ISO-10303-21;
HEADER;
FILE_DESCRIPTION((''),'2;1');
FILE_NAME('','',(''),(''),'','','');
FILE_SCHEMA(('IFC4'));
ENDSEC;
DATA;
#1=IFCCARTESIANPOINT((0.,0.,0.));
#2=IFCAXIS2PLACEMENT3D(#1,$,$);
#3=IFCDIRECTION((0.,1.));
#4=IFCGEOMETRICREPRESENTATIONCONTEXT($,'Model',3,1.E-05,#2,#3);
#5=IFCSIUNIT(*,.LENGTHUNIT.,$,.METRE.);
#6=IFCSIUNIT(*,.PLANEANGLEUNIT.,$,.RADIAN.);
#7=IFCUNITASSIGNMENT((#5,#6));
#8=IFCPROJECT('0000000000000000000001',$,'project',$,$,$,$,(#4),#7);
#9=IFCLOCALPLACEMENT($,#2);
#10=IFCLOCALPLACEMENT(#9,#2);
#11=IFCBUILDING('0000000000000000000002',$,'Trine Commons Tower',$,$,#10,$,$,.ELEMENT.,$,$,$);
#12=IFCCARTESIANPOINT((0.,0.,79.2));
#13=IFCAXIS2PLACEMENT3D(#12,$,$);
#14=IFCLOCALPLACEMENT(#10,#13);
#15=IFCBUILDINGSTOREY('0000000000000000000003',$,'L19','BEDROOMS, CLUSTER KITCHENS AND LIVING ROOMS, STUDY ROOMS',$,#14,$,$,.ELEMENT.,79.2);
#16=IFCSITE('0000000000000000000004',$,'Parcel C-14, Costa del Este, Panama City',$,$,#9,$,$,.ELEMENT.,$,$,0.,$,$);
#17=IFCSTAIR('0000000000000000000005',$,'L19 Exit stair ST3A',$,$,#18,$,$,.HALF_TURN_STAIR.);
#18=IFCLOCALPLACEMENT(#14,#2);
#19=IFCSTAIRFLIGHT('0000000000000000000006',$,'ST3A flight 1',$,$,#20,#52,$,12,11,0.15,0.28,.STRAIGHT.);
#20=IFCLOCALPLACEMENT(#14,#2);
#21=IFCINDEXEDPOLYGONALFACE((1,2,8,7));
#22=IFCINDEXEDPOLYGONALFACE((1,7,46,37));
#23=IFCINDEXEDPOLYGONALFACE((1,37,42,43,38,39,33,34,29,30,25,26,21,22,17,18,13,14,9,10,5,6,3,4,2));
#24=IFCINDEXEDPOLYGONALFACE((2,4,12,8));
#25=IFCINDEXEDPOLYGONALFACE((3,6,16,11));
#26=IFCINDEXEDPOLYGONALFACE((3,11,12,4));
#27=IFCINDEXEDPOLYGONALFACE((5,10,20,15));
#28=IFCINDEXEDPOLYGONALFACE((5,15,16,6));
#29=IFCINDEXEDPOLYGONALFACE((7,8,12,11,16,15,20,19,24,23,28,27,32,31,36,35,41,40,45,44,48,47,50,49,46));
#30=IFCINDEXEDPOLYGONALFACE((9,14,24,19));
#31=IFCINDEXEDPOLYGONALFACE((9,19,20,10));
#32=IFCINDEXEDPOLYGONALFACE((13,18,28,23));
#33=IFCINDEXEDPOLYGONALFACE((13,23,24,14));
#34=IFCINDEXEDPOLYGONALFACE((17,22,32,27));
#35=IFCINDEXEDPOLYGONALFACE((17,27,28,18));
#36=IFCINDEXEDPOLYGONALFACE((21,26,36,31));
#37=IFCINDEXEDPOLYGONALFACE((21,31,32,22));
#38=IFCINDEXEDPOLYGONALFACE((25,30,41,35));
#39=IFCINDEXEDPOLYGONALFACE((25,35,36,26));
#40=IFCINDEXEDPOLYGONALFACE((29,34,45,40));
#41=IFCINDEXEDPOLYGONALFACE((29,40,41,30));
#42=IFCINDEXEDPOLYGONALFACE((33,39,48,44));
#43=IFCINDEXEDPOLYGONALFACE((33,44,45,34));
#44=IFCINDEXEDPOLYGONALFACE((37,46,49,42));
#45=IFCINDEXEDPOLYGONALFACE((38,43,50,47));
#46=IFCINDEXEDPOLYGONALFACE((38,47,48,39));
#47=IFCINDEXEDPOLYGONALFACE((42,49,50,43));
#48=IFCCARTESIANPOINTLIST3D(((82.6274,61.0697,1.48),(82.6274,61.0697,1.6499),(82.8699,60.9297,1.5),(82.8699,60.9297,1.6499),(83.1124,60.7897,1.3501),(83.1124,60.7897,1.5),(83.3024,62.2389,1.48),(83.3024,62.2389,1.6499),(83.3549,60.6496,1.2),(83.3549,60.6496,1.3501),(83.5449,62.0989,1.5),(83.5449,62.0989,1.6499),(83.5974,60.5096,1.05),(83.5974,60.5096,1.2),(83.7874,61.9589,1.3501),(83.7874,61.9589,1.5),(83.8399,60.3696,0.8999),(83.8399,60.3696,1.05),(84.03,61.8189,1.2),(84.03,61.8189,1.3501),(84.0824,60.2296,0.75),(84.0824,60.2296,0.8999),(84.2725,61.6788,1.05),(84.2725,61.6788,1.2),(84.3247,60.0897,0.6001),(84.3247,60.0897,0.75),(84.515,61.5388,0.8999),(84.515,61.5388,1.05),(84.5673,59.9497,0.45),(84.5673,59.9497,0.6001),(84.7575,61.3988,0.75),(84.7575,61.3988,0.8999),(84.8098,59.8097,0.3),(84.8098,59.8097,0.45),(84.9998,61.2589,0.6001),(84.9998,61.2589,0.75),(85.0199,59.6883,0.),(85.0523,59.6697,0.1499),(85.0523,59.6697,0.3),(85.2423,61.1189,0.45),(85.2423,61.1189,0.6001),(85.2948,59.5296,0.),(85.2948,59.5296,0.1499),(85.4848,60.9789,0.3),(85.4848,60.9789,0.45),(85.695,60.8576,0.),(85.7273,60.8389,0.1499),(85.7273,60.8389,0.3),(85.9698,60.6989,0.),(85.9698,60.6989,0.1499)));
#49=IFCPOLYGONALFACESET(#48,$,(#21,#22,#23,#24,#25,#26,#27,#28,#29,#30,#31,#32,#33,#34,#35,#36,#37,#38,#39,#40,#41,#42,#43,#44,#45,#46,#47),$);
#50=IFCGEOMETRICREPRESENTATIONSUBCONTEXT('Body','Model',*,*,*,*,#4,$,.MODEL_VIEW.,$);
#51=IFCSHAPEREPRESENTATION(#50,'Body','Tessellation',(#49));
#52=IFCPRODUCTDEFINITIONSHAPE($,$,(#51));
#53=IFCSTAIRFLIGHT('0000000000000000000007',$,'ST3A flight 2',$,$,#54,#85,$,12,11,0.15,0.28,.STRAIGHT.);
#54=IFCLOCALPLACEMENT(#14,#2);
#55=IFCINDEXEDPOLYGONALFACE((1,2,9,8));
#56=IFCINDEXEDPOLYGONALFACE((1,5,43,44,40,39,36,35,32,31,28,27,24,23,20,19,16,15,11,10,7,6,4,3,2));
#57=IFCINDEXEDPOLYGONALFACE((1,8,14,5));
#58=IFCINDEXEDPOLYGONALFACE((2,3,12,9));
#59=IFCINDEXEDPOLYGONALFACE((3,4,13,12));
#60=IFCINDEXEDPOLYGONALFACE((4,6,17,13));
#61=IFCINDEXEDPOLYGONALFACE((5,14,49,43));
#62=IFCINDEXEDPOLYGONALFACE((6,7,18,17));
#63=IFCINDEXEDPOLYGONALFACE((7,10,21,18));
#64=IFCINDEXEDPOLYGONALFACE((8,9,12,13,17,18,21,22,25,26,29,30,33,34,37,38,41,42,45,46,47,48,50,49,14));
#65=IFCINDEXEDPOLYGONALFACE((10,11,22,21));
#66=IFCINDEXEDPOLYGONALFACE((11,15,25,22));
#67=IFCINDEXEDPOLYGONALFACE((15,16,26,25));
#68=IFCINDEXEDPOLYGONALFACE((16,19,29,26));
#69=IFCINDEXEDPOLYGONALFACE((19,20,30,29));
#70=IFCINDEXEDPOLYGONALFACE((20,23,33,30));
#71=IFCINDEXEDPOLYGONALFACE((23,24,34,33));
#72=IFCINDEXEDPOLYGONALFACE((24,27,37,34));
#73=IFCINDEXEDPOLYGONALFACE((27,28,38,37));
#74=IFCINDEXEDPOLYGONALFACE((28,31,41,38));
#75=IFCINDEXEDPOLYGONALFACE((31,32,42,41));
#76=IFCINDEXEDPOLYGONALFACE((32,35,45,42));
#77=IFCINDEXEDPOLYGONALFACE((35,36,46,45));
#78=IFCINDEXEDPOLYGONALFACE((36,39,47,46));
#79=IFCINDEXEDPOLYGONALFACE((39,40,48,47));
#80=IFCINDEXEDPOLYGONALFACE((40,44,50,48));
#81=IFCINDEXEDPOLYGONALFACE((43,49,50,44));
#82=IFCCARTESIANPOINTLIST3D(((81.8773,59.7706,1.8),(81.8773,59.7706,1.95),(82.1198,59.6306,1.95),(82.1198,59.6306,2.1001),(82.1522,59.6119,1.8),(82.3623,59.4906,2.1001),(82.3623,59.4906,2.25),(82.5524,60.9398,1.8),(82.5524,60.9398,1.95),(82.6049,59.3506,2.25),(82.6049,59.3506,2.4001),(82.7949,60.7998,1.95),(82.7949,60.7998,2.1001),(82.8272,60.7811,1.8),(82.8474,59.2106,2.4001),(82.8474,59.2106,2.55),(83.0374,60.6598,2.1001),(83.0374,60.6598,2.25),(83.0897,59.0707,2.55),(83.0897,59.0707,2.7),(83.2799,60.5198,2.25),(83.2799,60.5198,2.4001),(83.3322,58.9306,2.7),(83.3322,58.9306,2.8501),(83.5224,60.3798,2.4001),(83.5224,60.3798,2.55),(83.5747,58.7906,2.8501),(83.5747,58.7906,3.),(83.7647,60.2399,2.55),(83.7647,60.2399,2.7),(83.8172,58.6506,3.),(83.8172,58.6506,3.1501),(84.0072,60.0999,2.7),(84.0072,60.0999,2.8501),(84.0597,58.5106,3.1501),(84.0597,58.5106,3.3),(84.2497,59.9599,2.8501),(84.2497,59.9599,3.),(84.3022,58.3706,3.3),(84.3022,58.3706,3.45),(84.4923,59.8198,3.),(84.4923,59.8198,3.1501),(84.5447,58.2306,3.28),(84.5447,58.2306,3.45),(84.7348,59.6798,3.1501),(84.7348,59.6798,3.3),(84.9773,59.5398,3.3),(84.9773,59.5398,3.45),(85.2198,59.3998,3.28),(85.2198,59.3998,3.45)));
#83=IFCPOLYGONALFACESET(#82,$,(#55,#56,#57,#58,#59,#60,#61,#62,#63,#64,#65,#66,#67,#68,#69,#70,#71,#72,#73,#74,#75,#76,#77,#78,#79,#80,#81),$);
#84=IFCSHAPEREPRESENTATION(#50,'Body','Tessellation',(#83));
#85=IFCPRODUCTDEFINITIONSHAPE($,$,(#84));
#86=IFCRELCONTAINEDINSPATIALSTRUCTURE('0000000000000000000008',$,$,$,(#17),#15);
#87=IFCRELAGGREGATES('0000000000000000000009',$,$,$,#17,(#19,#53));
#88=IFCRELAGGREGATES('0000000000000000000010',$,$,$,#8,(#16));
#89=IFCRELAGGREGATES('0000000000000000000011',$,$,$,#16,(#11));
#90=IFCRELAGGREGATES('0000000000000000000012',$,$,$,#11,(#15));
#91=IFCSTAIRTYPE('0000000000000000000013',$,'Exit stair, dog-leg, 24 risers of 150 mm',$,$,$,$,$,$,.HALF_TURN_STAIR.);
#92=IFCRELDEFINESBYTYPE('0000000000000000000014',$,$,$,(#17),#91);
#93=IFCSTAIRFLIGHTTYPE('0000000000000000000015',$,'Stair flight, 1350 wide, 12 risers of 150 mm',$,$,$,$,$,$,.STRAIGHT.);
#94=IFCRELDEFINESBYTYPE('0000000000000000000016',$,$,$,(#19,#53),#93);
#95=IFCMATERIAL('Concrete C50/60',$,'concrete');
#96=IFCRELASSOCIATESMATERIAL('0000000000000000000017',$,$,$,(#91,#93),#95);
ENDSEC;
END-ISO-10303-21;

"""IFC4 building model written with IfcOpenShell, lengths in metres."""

from ifc_helpers import new_model, si_unit, direction, frame, origin, place, context, subcontext, project, spatial, polyline, outline, extrude, material, type_object, element, aggregate, save


model = new_model("IFC4")

# Units and contexts
model_context = context("Model", 3, precision=1e-05, world=origin(), true_north=direction((0.0, 1.0)))
body_context = subcontext(model_context, "Body", "Model", "MODEL_VIEW")
ifc_project = project(units=[si_unit("LENGTHUNIT", "METRE"), si_unit("PLANEANGLEUNIT", "RADIAN")], contexts=[model_context])

# Site, building, storey
site_placement = place(None, origin())
site = spatial("IfcSite", under=ifc_project, at=site_placement, Name="Parcel C-14, Costa del Este, Panama City", CompositionType="ELEMENT", RefElevation=0.0)
building_placement = place(site_placement, origin())
building = spatial("IfcBuilding", under=site, at=building_placement, Name="Trine Commons Tower", CompositionType="ELEMENT")
storey_placement = place(building_placement, frame((0.0, 0.0, 79.2)))
storey = spatial("IfcBuildingStorey", under=building, at=storey_placement, Name="L19", Description="BEDROOMS, CLUSTER KITCHENS AND LIVING ROOMS, STUDY ROOMS", CompositionType="ELEMENT", Elevation=79.2)

# Shared definitions
ifc_material_1 = material(Name="Concrete C50/60", Category="concrete")

# Stair, stair flights
stair_type = type_object("IfcStairType", Name="Exit stair, dog-leg, 24 risers of 150 mm", PredefinedType="HALF_TURN_STAIR", material=ifc_material_1)
stair_placement = place(storey_placement, origin())
stair = element("IfcStair", 1, at=stair_placement, inside=storey, type_object=stair_type, Name="L19 Exit stair ST3A", PredefinedType="HALF_TURN_STAIR")
stair_flight_type = type_object("IfcStairFlightType", Name="Stair flight, 1350 wide, 12 risers of 150 mm", PredefinedType="STRAIGHT", material=ifc_material_1)
stair_flight_1_placement = place(storey_placement, frame((85.6323, 60.1143, 0.0), z_axis=(0.0, 0.0, 1.0), x_axis=(-0.866025, 0.5, 0.0)))
stair_flight_1 = element("IfcStairFlight", 2, at=stair_flight_1_placement, type_object=stair_flight_type, Name="ST3A flight 1", NumberOfRisers=12, NumberOfTreads=11, PredefinedType="STRAIGHT", RiserHeight=0.15, TreadLength=0.28, context=body_context, shape_type="SweptSolid", body=[
    extrude(outline(polyline([(0.0, 0.0), (0.0, 0.1499), (0.28, 0.1499), (0.28, 0.3), (0.5601, 0.3), (0.5601, 0.45), (0.8401, 0.45), (0.8401, 0.6001), (1.1201, 0.6001), (1.1201, 0.75), (1.3999, 0.75), (1.3999, 0.8999), (1.6799, 0.8999), (1.6799, 1.05), (1.96, 1.05), (1.96, 1.2), (2.24, 1.2), (2.24, 1.3501), (2.52, 1.3501), (2.52, 1.5), (2.8, 1.5), (2.8, 1.6499), (3.0801, 1.6499), (3.0801, 1.8), (3.0801, 1.48), (0.3174, 0.0), (0.0, 0.0)])), frame((0.0, 0.675, 0.0), z_axis=(0.0, -1.0, 0.0), x_axis=(1.0, 0.0, 0.0)), (0.0, 0.0, 1.0), 1.3501),
])
stair_flight_2_placement = place(storey_placement, frame((82.2148, 60.3552, 1.8), z_axis=(0.0, 0.0, 1.0), x_axis=(0.866025, -0.5, 0.0)))
stair_flight_2 = element("IfcStairFlight", 3, at=stair_flight_2_placement, type_object=stair_flight_type, Name="ST3A flight 2", NumberOfRisers=12, NumberOfTreads=11, PredefinedType="STRAIGHT", RiserHeight=0.15, TreadLength=0.28, context=body_context, shape_type="SweptSolid", body=[
    extrude(outline(polyline([(0.0, 0.0), (0.0, 0.1499), (0.28, 0.1499), (0.28, 0.3), (0.5601, 0.3), (0.5601, 0.45), (0.8401, 0.45), (0.8401, 0.6001), (1.1201, 0.6001), (1.1201, 0.75), (1.3999, 0.75), (1.3999, 0.8999), (1.6799, 0.8999), (1.6799, 1.05), (1.96, 1.05), (1.96, 1.2), (2.24, 1.2), (2.24, 1.3501), (2.52, 1.3501), (2.52, 1.5), (2.8, 1.5), (2.8, 1.6499), (3.0801, 1.6499), (3.0801, 1.8), (3.0801, 1.48), (0.3174, 0.0), (0.0, 0.0)])), frame((0.0, 0.675, 0.0), z_axis=(0.0, -1.0, 0.0), x_axis=(1.0, 0.0, 0.0)), (0.0, 0.0, 1.0), 1.3501),
])
aggregate(stair, [stair_flight_1, stair_flight_2])

save(model, "model.ifc")
